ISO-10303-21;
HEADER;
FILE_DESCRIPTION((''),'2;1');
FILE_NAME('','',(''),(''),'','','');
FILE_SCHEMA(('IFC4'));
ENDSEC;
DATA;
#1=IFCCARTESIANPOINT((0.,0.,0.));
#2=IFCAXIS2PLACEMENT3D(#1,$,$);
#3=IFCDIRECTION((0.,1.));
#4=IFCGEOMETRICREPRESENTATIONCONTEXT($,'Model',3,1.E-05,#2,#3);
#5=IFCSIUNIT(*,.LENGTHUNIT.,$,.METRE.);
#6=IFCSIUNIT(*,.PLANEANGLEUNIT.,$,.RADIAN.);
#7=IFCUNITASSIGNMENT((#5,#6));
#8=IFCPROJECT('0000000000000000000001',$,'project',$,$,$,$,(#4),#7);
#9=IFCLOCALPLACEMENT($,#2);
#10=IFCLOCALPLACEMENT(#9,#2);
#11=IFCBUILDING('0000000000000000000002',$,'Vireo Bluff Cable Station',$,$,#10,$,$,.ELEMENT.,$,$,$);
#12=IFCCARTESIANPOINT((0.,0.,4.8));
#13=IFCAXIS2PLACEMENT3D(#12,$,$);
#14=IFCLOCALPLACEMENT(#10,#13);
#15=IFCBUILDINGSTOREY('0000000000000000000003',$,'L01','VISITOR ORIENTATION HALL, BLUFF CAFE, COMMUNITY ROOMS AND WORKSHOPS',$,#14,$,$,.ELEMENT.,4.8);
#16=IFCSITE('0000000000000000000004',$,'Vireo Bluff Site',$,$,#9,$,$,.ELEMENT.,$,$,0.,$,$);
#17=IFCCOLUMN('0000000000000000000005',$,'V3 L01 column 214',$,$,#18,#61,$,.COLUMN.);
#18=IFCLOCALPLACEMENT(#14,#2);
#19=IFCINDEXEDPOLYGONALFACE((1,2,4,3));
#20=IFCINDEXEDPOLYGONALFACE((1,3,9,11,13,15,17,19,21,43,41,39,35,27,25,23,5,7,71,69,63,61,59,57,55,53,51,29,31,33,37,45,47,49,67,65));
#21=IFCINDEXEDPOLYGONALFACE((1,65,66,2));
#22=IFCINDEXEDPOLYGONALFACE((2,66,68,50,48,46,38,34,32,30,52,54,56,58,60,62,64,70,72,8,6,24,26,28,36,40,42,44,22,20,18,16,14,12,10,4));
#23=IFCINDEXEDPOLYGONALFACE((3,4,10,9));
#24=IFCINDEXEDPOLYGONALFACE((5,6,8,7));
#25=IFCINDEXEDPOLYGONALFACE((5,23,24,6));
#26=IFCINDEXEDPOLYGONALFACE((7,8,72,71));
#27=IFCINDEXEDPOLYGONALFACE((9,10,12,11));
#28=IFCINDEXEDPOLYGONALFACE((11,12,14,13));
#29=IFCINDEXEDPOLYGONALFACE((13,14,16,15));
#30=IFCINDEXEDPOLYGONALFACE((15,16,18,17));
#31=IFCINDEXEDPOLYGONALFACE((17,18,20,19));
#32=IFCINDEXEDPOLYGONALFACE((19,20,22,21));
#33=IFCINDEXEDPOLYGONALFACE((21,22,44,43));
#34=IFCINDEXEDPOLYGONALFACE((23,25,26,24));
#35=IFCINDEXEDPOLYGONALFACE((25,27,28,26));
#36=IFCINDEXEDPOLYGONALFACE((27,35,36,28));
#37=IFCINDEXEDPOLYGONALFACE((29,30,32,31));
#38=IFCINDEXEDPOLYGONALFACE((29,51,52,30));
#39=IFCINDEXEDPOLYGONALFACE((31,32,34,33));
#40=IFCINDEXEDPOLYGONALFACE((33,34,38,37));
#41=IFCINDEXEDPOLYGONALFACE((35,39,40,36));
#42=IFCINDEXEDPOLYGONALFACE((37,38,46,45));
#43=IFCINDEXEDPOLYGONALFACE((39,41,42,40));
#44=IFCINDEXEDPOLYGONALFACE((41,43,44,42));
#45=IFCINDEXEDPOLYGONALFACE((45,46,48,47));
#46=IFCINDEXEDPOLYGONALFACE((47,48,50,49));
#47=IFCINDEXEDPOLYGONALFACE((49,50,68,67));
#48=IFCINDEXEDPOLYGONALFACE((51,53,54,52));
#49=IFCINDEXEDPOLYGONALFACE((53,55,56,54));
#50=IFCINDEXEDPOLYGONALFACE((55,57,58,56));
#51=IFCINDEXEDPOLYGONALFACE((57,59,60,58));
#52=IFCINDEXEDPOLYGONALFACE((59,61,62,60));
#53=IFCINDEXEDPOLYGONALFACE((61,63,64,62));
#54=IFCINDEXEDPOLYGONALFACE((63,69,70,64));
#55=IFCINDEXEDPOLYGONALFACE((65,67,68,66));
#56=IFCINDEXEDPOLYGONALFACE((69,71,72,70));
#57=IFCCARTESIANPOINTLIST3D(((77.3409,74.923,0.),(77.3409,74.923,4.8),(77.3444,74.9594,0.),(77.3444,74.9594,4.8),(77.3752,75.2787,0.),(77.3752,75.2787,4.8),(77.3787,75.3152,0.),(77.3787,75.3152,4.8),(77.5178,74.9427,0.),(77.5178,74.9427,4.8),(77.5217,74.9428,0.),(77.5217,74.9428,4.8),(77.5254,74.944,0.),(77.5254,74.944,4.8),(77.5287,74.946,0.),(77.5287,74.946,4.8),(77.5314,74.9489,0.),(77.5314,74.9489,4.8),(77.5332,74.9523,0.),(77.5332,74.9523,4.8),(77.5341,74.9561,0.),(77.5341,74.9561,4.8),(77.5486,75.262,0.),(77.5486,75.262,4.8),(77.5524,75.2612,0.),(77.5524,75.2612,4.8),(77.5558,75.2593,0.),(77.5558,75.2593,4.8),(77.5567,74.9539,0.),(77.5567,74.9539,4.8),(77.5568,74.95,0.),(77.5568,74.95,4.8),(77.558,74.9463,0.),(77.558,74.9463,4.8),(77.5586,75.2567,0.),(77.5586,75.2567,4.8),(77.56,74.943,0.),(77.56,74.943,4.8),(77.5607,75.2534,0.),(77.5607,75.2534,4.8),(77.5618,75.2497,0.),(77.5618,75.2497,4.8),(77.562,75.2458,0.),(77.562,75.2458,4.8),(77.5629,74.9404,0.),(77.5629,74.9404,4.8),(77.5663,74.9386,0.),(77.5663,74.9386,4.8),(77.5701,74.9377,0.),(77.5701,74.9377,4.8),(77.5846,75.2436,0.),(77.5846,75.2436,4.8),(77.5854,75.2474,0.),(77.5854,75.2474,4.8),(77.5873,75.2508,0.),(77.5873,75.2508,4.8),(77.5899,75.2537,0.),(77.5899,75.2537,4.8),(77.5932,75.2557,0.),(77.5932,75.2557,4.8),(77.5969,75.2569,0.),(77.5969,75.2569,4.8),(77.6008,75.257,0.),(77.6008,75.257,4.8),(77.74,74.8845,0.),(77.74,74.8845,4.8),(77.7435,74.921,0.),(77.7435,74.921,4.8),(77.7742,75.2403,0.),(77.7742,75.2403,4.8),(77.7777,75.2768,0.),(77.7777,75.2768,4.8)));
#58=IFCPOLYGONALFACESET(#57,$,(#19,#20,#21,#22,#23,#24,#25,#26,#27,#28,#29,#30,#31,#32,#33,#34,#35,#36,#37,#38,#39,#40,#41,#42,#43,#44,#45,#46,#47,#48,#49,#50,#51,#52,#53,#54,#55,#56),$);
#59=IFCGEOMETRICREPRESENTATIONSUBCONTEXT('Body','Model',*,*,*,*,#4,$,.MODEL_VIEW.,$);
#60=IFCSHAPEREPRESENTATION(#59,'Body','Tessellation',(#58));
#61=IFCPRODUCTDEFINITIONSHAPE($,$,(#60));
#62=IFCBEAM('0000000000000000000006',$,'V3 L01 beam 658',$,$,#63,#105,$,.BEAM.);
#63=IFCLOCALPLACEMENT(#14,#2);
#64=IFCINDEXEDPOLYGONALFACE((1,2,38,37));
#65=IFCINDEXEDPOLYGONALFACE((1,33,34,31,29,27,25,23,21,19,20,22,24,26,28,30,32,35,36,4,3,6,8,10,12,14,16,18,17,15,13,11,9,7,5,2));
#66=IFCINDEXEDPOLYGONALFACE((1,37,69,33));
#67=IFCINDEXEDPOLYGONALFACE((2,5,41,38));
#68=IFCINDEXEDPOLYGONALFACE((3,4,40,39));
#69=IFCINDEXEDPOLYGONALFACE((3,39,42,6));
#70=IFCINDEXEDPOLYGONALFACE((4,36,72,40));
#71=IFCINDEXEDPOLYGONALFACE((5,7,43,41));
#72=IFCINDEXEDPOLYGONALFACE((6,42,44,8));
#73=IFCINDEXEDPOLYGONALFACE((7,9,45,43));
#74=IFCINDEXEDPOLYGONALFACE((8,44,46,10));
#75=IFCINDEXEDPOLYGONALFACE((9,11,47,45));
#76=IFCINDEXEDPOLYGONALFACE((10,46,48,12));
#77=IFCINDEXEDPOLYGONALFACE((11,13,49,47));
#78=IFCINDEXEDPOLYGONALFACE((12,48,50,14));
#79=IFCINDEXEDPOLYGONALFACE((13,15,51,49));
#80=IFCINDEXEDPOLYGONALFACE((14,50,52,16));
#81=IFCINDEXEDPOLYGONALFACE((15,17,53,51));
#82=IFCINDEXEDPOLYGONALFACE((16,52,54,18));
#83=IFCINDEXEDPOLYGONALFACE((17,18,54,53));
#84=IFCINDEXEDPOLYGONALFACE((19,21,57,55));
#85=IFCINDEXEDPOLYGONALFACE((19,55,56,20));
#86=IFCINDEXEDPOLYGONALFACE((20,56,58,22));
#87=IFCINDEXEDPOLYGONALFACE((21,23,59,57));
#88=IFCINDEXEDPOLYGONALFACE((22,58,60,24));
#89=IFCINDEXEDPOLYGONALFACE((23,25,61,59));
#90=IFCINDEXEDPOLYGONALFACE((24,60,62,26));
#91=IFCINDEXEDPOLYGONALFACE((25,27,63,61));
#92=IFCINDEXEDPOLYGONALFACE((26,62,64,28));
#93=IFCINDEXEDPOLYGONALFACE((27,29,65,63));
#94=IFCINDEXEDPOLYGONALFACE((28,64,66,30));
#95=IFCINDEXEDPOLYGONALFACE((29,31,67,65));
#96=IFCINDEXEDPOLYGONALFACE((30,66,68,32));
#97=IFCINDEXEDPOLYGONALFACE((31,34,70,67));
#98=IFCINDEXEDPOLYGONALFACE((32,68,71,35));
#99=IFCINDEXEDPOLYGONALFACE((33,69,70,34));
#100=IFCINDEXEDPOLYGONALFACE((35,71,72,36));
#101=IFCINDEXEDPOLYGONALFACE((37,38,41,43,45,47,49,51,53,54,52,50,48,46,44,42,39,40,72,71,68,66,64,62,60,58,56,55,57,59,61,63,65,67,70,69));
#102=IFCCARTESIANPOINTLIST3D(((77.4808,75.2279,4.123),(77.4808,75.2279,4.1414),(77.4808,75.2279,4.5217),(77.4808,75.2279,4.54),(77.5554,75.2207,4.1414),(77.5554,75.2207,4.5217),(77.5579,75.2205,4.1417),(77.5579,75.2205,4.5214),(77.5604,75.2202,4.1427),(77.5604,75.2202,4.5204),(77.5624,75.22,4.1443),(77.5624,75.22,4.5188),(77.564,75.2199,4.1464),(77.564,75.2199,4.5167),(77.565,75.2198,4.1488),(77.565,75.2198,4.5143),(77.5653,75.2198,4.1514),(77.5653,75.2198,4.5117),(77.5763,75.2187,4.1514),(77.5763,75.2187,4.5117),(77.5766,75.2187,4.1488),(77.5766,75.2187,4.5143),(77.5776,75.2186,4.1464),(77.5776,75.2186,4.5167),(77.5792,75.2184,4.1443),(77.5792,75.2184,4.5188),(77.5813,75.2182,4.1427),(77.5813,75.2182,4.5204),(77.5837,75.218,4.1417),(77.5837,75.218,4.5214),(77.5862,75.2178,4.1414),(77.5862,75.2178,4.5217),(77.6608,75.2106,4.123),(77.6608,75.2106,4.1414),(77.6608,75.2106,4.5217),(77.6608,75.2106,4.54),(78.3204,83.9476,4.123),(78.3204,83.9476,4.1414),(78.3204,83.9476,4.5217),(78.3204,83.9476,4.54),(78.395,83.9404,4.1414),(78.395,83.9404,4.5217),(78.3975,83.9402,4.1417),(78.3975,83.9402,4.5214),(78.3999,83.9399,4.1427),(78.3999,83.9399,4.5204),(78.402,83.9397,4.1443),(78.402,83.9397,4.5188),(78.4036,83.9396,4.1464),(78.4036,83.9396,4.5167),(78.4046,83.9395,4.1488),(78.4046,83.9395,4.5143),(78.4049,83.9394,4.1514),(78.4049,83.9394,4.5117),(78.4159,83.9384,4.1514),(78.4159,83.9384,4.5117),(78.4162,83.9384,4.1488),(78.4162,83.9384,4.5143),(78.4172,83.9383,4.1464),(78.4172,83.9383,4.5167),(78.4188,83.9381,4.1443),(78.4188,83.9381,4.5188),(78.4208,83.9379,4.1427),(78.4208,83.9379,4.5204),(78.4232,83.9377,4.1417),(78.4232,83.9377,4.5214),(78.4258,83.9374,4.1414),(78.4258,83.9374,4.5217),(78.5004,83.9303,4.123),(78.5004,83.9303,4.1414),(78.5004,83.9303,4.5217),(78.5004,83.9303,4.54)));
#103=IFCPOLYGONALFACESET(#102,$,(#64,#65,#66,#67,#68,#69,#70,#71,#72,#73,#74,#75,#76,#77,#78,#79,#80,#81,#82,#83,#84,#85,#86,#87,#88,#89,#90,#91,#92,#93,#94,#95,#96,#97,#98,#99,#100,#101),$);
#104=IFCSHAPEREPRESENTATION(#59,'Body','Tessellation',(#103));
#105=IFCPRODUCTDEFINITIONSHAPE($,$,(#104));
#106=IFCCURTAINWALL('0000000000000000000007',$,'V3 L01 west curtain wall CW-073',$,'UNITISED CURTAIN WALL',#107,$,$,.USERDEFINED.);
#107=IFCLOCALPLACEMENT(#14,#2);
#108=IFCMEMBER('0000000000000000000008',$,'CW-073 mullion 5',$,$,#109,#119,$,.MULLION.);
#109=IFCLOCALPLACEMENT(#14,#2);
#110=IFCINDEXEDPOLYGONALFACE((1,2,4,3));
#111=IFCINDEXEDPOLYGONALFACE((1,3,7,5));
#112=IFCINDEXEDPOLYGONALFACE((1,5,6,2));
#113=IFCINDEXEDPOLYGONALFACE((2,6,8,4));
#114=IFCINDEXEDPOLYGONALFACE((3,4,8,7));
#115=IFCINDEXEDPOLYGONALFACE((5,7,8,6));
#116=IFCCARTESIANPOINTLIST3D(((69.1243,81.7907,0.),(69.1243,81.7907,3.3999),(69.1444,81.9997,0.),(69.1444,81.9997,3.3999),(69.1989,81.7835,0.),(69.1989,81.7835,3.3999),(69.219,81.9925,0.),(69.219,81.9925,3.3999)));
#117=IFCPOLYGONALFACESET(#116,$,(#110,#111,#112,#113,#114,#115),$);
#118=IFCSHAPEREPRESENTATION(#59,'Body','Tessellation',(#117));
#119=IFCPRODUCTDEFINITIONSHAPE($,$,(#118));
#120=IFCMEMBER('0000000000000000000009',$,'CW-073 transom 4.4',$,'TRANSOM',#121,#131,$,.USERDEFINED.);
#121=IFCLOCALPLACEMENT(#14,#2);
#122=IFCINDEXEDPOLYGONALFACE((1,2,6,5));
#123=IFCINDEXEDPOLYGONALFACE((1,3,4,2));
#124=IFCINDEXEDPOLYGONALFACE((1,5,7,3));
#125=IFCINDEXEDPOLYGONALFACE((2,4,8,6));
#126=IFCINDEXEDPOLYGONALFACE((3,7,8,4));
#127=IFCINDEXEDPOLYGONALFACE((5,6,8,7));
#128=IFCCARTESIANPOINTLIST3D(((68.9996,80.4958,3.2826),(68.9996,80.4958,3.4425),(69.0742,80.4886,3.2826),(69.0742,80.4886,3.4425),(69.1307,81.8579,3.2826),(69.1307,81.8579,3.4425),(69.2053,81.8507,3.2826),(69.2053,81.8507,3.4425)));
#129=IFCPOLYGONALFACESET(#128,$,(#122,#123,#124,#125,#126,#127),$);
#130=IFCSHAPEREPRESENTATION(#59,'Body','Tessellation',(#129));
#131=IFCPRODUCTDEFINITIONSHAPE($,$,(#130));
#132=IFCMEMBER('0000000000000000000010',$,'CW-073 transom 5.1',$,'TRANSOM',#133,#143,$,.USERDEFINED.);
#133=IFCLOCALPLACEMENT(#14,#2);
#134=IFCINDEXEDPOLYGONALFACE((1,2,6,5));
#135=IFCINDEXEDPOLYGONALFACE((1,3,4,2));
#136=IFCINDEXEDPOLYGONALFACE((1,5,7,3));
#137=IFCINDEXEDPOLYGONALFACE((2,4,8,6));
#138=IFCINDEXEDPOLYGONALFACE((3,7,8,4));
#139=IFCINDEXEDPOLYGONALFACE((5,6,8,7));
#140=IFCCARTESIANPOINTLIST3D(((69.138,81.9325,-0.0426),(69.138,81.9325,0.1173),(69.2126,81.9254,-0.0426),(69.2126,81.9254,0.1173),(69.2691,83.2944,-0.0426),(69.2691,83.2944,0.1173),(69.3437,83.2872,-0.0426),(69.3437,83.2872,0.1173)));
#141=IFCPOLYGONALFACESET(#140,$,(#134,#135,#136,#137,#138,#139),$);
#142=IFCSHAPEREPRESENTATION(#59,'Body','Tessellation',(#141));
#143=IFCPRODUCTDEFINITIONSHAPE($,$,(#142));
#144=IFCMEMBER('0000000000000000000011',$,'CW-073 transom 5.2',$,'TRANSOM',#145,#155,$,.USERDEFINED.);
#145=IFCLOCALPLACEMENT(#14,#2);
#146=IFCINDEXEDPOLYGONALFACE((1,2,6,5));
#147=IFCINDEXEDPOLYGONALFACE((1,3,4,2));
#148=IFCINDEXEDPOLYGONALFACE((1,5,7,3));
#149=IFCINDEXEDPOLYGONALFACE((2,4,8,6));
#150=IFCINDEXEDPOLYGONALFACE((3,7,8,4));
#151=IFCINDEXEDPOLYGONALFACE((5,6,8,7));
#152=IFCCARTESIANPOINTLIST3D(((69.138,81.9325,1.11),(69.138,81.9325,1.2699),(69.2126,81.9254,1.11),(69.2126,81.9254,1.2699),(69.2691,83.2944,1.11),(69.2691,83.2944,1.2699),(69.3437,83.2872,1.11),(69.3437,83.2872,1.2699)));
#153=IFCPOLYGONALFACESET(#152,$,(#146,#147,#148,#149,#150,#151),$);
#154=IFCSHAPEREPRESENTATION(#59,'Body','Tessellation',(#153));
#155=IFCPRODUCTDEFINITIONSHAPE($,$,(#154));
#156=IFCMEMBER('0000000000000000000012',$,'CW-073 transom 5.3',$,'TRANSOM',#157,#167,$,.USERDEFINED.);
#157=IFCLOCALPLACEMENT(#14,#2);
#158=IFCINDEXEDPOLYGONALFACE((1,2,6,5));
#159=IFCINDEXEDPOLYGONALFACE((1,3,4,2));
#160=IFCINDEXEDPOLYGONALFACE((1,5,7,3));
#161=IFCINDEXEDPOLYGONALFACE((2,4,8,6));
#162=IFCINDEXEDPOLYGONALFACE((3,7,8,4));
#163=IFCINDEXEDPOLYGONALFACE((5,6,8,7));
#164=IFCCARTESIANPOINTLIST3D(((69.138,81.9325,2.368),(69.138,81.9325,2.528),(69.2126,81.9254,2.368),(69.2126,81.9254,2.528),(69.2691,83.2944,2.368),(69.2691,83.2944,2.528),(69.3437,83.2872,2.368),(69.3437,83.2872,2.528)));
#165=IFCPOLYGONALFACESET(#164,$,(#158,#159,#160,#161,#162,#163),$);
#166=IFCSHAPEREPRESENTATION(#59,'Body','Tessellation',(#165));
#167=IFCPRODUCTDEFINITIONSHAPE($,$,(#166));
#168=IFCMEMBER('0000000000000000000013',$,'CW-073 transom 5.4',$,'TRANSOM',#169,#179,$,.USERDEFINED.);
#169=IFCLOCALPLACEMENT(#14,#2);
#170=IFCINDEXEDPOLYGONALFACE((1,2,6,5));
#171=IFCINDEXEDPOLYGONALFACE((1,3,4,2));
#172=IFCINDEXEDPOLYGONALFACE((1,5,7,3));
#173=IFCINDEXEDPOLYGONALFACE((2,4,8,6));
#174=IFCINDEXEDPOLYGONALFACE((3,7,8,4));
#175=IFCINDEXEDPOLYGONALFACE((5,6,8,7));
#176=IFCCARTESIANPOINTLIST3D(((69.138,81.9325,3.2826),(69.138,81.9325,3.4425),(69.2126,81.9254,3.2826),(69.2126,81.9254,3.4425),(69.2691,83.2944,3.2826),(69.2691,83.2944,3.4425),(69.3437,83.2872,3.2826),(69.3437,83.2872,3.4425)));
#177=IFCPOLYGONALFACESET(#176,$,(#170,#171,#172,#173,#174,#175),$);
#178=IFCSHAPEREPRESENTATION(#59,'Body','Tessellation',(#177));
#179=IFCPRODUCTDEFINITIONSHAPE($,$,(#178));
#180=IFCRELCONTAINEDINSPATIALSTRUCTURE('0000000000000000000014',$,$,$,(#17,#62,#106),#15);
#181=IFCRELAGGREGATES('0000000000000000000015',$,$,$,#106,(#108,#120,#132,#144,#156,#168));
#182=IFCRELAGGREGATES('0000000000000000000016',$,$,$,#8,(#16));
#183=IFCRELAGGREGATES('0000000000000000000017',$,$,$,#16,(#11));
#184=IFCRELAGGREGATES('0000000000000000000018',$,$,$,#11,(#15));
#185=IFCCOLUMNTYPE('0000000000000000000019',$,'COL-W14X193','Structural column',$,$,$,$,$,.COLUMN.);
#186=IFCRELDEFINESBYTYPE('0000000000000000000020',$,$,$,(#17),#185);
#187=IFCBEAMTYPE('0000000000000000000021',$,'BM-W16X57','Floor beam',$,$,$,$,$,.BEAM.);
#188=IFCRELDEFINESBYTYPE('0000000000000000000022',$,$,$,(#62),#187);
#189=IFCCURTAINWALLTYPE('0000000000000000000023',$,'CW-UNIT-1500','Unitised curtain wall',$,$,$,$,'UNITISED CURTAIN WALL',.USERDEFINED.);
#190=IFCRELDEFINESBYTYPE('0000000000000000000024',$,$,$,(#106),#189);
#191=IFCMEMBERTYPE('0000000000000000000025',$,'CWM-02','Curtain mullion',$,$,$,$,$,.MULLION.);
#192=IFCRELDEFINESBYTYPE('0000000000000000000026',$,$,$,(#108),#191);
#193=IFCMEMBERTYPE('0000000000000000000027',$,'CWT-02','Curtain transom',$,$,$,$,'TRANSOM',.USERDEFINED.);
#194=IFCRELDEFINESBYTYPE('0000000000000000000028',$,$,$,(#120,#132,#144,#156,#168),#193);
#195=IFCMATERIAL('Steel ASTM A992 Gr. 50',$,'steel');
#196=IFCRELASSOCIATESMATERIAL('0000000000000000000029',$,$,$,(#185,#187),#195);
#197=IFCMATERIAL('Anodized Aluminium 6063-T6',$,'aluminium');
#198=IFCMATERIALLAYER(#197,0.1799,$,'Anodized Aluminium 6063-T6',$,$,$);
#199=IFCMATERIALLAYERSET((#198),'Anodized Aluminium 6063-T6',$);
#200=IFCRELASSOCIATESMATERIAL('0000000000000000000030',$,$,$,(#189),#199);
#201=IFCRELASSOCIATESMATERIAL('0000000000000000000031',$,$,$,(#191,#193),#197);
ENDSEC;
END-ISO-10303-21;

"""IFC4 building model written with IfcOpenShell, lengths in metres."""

from ifc_helpers import new_model, si_unit, direction, frame, origin, origin_2d, place, context, subcontext, project, spatial, rectangle, i_section, extrude, material, layer, layer_set, material_profile, profile_set, type_object, element, aggregate, save


model = new_model("IFC4")

# Units and contexts
model_context = context("Model", 3, precision=1e-05, world=origin(), true_north=direction((0.0, 1.0)))
body_context = subcontext(model_context, "Body", "Model", "MODEL_VIEW")
ifc_project = project(units=[si_unit("LENGTHUNIT", "METRE"), si_unit("PLANEANGLEUNIT", "RADIAN")], contexts=[model_context])

# Site, building, storey
site_placement = place(None, origin())
site = spatial("IfcSite", under=ifc_project, at=site_placement, Name="Vireo Bluff Site", CompositionType="ELEMENT", RefElevation=0.0)
building_placement = place(site_placement, origin())
building = spatial("IfcBuilding", under=site, at=building_placement, Name="Vireo Bluff Cable Station", CompositionType="ELEMENT")
storey_placement = place(building_placement, frame((0.0, 0.0, 4.8)))
storey = spatial("IfcBuildingStorey", under=building, at=storey_placement, Name="L01", Description="VISITOR ORIENTATION HALL, BLUFF CAFE, COMMUNITY ROOMS AND WORKSHOPS", CompositionType="ELEMENT", Elevation=4.8)

# Column
ifc_material_1 = material(Name="Steel ASTM A992 Gr. 50", Category="steel")
ifc_material_profile_1 = material_profile(ifc_material_1, i_section(OverallWidth=0.4009, OverallDepth=0.394, WebThickness=0.0227, FlangeThickness=0.0366, FilletRadius=0.0149, at=origin_2d()), Name="W14X193")
ifc_profile_set_1 = profile_set([ifc_material_profile_1], Name="Steel ASTM A992 Gr. 50")
column_type = type_object("IfcColumnType", Name="COL-W14X193", Description="Structural column", PredefinedType="COLUMN", material=ifc_profile_set_1)
column_placement = place(storey_placement, frame((77.5593, 75.0999, 0.0), z_axis=(0.0, 0.0, 1.0), x_axis=(0.995396, -0.095846, 0.0)))
element("IfcColumn", 1, at=column_placement, inside=storey, type_object=column_type, Name="V3 L01 column 214", PredefinedType="COLUMN", context=body_context, shape_type="SweptSolid", body=[
    extrude(i_section(OverallWidth=0.4009, OverallDepth=0.394, WebThickness=0.0227, FlangeThickness=0.0366, FilletRadius=0.0149, at=origin_2d()), origin(), (0.0, 0.0, 1.0), 4.8),
])

# Beam
ifc_material_profile_2 = material_profile(ifc_material_1, i_section(OverallWidth=0.1809, OverallDepth=0.417, WebThickness=0.011, FlangeThickness=0.0183, FilletRadius=0.01, at=origin_2d()), Name="W16X57")
ifc_profile_set_2 = profile_set([ifc_material_profile_2], Name="Steel ASTM A992 Gr. 50")
beam_type_1 = type_object("IfcBeamType", Name="BM-W16X57", Description="Floor beam", PredefinedType="BEAM", material=ifc_profile_set_2)
beam_1_placement = place(storey_placement, frame((77.5708, 75.2192, 4.3315), z_axis=(0.095844, 0.995396, 0.0), x_axis=(-0.995396, 0.095844, 0.0)))
element("IfcBeam", 2, at=beam_1_placement, inside=storey, type_object=beam_type_1, Name="V3 L01 beam 658", PredefinedType="BEAM", context=body_context, shape_type="SweptSolid", body=[
    extrude(i_section(OverallWidth=0.1809, OverallDepth=0.417, WebThickness=0.011, FlangeThickness=0.0183, FilletRadius=0.01, at=origin_2d()), origin(), (0.0, 0.0, 1.0), 8.76),
])

# Curtain wall, members
ifc_material_2 = material(Name="Anodized Aluminium 6063-T6", Category="aluminium")
ifc_layer_1 = layer(ifc_material_2, 0.1799, Name="Anodized Aluminium 6063-T6")
ifc_layer_set_1 = layer_set([ifc_layer_1], Name="Anodized Aluminium 6063-T6")
curtain_wall_type = type_object("IfcCurtainWallType", Name="CW-UNIT-1500", Description="Unitised curtain wall", ElementType="UNITISED CURTAIN WALL", PredefinedType="USERDEFINED", material=ifc_layer_set_1)
curtain_wall_placement = place(storey_placement, origin())
curtain_wall = element("IfcCurtainWall", 3, at=curtain_wall_placement, inside=storey, type_object=curtain_wall_type, Name="V3 L01 west curtain wall CW-073", ObjectType="UNITISED CURTAIN WALL", PredefinedType="USERDEFINED")
ifc_material_profile_3 = material_profile(ifc_material_2, rectangle(XDim=0.075, YDim=0.21, at=origin_2d()), Name="ALU-M-75X210")
ifc_profile_set_3 = profile_set([ifc_material_profile_3], Name="Anodized Aluminium 6063-T6")
member_type_1 = type_object("IfcMemberType", Name="CWM-02", Description="Curtain mullion", PredefinedType="MULLION", material=ifc_profile_set_3)
member_1_placement = place(storey_placement, frame((69.1716, 81.8916, 0.0), z_axis=(0.0, 0.0, 1.0), x_axis=(-0.995396, 0.095846, 0.0)))
member_1 = element("IfcMember", 4, at=member_1_placement, type_object=member_type_1, Name="CW-073 mullion 5", PredefinedType="MULLION", context=body_context, shape_type="SweptSolid", body=[
    extrude(rectangle(XDim=0.075, YDim=0.21, at=origin_2d()), origin(), (0.0, 0.0, 1.0), 3.3999),
])
ifc_material_profile_4 = material_profile(ifc_material_2, rectangle(XDim=0.075, YDim=0.1599, at=origin_2d()), Name="ALU-T-75X160")
ifc_profile_set_4 = profile_set([ifc_material_profile_4], Name="Anodized Aluminium 6063-T6")
member_type_2 = type_object("IfcMemberType", Name="CWT-02", Description="Curtain transom", ElementType="TRANSOM", PredefinedType="USERDEFINED", material=ifc_profile_set_4)
member_2_placement = place(storey_placement, frame((69.0369, 80.4922, 3.3625), z_axis=(0.095811, 0.9954, 0.0), x_axis=(-0.9954, 0.095811, 0.0)))
member_2 = element("IfcMember", 5, at=member_2_placement, type_object=member_type_2, Name="CW-073 transom 4.4", ObjectType="TRANSOM", PredefinedType="USERDEFINED", context=body_context, shape_type="SweptSolid", body=[
    extrude(rectangle(XDim=0.075, YDim=0.1599, at=origin_2d()), origin(), (0.0, 0.0, 1.0), 1.3684),
])
member_3_placement = place(storey_placement, frame((69.1753, 81.929, 0.0374), z_axis=(0.095828, 0.995398, 0.0), x_axis=(-0.995398, 0.095828, 0.0)))
member_3 = element("IfcMember", 6, at=member_3_placement, type_object=member_type_2, Name="CW-073 transom 5.1", ObjectType="TRANSOM", PredefinedType="USERDEFINED", context=body_context, shape_type="SweptSolid", body=[
    extrude(rectangle(XDim=0.075, YDim=0.1599, at=origin_2d()), origin(), (0.0, 0.0, 1.0), 1.3682),
])
member_4_placement = place(storey_placement, frame((69.1753, 81.929, 1.1899), z_axis=(0.095828, 0.995398, 0.0), x_axis=(-0.995398, 0.095828, 0.0)))
member_4 = element("IfcMember", 7, at=member_4_placement, type_object=member_type_2, Name="CW-073 transom 5.2", ObjectType="TRANSOM", PredefinedType="USERDEFINED", context=body_context, shape_type="SweptSolid", body=[
    extrude(rectangle(XDim=0.075, YDim=0.1599, at=origin_2d()), origin(), (0.0, 0.0, 1.0), 1.3682),
])
member_5_placement = place(storey_placement, frame((69.1753, 81.929, 2.448), z_axis=(0.095828, 0.995398, 0.0), x_axis=(-0.995398, 0.095828, 0.0)))
member_5 = element("IfcMember", 8, at=member_5_placement, type_object=member_type_2, Name="CW-073 transom 5.3", ObjectType="TRANSOM", PredefinedType="USERDEFINED", context=body_context, shape_type="SweptSolid", body=[
    extrude(rectangle(XDim=0.075, YDim=0.1599, at=origin_2d()), origin(), (0.0, 0.0, 1.0), 1.3682),
])
member_6_placement = place(storey_placement, frame((69.1753, 81.929, 3.3625), z_axis=(0.095828, 0.995398, 0.0), x_axis=(-0.995398, 0.095828, 0.0)))
member_6 = element("IfcMember", 9, at=member_6_placement, type_object=member_type_2, Name="CW-073 transom 5.4", ObjectType="TRANSOM", PredefinedType="USERDEFINED", context=body_context, shape_type="SweptSolid", body=[
    extrude(rectangle(XDim=0.075, YDim=0.1599, at=origin_2d()), origin(), (0.0, 0.0, 1.0), 1.3682),
])

aggregate(curtain_wall, [member_1, member_2, member_3, member_4, member_5, member_6])

save(model, "model.ifc")
